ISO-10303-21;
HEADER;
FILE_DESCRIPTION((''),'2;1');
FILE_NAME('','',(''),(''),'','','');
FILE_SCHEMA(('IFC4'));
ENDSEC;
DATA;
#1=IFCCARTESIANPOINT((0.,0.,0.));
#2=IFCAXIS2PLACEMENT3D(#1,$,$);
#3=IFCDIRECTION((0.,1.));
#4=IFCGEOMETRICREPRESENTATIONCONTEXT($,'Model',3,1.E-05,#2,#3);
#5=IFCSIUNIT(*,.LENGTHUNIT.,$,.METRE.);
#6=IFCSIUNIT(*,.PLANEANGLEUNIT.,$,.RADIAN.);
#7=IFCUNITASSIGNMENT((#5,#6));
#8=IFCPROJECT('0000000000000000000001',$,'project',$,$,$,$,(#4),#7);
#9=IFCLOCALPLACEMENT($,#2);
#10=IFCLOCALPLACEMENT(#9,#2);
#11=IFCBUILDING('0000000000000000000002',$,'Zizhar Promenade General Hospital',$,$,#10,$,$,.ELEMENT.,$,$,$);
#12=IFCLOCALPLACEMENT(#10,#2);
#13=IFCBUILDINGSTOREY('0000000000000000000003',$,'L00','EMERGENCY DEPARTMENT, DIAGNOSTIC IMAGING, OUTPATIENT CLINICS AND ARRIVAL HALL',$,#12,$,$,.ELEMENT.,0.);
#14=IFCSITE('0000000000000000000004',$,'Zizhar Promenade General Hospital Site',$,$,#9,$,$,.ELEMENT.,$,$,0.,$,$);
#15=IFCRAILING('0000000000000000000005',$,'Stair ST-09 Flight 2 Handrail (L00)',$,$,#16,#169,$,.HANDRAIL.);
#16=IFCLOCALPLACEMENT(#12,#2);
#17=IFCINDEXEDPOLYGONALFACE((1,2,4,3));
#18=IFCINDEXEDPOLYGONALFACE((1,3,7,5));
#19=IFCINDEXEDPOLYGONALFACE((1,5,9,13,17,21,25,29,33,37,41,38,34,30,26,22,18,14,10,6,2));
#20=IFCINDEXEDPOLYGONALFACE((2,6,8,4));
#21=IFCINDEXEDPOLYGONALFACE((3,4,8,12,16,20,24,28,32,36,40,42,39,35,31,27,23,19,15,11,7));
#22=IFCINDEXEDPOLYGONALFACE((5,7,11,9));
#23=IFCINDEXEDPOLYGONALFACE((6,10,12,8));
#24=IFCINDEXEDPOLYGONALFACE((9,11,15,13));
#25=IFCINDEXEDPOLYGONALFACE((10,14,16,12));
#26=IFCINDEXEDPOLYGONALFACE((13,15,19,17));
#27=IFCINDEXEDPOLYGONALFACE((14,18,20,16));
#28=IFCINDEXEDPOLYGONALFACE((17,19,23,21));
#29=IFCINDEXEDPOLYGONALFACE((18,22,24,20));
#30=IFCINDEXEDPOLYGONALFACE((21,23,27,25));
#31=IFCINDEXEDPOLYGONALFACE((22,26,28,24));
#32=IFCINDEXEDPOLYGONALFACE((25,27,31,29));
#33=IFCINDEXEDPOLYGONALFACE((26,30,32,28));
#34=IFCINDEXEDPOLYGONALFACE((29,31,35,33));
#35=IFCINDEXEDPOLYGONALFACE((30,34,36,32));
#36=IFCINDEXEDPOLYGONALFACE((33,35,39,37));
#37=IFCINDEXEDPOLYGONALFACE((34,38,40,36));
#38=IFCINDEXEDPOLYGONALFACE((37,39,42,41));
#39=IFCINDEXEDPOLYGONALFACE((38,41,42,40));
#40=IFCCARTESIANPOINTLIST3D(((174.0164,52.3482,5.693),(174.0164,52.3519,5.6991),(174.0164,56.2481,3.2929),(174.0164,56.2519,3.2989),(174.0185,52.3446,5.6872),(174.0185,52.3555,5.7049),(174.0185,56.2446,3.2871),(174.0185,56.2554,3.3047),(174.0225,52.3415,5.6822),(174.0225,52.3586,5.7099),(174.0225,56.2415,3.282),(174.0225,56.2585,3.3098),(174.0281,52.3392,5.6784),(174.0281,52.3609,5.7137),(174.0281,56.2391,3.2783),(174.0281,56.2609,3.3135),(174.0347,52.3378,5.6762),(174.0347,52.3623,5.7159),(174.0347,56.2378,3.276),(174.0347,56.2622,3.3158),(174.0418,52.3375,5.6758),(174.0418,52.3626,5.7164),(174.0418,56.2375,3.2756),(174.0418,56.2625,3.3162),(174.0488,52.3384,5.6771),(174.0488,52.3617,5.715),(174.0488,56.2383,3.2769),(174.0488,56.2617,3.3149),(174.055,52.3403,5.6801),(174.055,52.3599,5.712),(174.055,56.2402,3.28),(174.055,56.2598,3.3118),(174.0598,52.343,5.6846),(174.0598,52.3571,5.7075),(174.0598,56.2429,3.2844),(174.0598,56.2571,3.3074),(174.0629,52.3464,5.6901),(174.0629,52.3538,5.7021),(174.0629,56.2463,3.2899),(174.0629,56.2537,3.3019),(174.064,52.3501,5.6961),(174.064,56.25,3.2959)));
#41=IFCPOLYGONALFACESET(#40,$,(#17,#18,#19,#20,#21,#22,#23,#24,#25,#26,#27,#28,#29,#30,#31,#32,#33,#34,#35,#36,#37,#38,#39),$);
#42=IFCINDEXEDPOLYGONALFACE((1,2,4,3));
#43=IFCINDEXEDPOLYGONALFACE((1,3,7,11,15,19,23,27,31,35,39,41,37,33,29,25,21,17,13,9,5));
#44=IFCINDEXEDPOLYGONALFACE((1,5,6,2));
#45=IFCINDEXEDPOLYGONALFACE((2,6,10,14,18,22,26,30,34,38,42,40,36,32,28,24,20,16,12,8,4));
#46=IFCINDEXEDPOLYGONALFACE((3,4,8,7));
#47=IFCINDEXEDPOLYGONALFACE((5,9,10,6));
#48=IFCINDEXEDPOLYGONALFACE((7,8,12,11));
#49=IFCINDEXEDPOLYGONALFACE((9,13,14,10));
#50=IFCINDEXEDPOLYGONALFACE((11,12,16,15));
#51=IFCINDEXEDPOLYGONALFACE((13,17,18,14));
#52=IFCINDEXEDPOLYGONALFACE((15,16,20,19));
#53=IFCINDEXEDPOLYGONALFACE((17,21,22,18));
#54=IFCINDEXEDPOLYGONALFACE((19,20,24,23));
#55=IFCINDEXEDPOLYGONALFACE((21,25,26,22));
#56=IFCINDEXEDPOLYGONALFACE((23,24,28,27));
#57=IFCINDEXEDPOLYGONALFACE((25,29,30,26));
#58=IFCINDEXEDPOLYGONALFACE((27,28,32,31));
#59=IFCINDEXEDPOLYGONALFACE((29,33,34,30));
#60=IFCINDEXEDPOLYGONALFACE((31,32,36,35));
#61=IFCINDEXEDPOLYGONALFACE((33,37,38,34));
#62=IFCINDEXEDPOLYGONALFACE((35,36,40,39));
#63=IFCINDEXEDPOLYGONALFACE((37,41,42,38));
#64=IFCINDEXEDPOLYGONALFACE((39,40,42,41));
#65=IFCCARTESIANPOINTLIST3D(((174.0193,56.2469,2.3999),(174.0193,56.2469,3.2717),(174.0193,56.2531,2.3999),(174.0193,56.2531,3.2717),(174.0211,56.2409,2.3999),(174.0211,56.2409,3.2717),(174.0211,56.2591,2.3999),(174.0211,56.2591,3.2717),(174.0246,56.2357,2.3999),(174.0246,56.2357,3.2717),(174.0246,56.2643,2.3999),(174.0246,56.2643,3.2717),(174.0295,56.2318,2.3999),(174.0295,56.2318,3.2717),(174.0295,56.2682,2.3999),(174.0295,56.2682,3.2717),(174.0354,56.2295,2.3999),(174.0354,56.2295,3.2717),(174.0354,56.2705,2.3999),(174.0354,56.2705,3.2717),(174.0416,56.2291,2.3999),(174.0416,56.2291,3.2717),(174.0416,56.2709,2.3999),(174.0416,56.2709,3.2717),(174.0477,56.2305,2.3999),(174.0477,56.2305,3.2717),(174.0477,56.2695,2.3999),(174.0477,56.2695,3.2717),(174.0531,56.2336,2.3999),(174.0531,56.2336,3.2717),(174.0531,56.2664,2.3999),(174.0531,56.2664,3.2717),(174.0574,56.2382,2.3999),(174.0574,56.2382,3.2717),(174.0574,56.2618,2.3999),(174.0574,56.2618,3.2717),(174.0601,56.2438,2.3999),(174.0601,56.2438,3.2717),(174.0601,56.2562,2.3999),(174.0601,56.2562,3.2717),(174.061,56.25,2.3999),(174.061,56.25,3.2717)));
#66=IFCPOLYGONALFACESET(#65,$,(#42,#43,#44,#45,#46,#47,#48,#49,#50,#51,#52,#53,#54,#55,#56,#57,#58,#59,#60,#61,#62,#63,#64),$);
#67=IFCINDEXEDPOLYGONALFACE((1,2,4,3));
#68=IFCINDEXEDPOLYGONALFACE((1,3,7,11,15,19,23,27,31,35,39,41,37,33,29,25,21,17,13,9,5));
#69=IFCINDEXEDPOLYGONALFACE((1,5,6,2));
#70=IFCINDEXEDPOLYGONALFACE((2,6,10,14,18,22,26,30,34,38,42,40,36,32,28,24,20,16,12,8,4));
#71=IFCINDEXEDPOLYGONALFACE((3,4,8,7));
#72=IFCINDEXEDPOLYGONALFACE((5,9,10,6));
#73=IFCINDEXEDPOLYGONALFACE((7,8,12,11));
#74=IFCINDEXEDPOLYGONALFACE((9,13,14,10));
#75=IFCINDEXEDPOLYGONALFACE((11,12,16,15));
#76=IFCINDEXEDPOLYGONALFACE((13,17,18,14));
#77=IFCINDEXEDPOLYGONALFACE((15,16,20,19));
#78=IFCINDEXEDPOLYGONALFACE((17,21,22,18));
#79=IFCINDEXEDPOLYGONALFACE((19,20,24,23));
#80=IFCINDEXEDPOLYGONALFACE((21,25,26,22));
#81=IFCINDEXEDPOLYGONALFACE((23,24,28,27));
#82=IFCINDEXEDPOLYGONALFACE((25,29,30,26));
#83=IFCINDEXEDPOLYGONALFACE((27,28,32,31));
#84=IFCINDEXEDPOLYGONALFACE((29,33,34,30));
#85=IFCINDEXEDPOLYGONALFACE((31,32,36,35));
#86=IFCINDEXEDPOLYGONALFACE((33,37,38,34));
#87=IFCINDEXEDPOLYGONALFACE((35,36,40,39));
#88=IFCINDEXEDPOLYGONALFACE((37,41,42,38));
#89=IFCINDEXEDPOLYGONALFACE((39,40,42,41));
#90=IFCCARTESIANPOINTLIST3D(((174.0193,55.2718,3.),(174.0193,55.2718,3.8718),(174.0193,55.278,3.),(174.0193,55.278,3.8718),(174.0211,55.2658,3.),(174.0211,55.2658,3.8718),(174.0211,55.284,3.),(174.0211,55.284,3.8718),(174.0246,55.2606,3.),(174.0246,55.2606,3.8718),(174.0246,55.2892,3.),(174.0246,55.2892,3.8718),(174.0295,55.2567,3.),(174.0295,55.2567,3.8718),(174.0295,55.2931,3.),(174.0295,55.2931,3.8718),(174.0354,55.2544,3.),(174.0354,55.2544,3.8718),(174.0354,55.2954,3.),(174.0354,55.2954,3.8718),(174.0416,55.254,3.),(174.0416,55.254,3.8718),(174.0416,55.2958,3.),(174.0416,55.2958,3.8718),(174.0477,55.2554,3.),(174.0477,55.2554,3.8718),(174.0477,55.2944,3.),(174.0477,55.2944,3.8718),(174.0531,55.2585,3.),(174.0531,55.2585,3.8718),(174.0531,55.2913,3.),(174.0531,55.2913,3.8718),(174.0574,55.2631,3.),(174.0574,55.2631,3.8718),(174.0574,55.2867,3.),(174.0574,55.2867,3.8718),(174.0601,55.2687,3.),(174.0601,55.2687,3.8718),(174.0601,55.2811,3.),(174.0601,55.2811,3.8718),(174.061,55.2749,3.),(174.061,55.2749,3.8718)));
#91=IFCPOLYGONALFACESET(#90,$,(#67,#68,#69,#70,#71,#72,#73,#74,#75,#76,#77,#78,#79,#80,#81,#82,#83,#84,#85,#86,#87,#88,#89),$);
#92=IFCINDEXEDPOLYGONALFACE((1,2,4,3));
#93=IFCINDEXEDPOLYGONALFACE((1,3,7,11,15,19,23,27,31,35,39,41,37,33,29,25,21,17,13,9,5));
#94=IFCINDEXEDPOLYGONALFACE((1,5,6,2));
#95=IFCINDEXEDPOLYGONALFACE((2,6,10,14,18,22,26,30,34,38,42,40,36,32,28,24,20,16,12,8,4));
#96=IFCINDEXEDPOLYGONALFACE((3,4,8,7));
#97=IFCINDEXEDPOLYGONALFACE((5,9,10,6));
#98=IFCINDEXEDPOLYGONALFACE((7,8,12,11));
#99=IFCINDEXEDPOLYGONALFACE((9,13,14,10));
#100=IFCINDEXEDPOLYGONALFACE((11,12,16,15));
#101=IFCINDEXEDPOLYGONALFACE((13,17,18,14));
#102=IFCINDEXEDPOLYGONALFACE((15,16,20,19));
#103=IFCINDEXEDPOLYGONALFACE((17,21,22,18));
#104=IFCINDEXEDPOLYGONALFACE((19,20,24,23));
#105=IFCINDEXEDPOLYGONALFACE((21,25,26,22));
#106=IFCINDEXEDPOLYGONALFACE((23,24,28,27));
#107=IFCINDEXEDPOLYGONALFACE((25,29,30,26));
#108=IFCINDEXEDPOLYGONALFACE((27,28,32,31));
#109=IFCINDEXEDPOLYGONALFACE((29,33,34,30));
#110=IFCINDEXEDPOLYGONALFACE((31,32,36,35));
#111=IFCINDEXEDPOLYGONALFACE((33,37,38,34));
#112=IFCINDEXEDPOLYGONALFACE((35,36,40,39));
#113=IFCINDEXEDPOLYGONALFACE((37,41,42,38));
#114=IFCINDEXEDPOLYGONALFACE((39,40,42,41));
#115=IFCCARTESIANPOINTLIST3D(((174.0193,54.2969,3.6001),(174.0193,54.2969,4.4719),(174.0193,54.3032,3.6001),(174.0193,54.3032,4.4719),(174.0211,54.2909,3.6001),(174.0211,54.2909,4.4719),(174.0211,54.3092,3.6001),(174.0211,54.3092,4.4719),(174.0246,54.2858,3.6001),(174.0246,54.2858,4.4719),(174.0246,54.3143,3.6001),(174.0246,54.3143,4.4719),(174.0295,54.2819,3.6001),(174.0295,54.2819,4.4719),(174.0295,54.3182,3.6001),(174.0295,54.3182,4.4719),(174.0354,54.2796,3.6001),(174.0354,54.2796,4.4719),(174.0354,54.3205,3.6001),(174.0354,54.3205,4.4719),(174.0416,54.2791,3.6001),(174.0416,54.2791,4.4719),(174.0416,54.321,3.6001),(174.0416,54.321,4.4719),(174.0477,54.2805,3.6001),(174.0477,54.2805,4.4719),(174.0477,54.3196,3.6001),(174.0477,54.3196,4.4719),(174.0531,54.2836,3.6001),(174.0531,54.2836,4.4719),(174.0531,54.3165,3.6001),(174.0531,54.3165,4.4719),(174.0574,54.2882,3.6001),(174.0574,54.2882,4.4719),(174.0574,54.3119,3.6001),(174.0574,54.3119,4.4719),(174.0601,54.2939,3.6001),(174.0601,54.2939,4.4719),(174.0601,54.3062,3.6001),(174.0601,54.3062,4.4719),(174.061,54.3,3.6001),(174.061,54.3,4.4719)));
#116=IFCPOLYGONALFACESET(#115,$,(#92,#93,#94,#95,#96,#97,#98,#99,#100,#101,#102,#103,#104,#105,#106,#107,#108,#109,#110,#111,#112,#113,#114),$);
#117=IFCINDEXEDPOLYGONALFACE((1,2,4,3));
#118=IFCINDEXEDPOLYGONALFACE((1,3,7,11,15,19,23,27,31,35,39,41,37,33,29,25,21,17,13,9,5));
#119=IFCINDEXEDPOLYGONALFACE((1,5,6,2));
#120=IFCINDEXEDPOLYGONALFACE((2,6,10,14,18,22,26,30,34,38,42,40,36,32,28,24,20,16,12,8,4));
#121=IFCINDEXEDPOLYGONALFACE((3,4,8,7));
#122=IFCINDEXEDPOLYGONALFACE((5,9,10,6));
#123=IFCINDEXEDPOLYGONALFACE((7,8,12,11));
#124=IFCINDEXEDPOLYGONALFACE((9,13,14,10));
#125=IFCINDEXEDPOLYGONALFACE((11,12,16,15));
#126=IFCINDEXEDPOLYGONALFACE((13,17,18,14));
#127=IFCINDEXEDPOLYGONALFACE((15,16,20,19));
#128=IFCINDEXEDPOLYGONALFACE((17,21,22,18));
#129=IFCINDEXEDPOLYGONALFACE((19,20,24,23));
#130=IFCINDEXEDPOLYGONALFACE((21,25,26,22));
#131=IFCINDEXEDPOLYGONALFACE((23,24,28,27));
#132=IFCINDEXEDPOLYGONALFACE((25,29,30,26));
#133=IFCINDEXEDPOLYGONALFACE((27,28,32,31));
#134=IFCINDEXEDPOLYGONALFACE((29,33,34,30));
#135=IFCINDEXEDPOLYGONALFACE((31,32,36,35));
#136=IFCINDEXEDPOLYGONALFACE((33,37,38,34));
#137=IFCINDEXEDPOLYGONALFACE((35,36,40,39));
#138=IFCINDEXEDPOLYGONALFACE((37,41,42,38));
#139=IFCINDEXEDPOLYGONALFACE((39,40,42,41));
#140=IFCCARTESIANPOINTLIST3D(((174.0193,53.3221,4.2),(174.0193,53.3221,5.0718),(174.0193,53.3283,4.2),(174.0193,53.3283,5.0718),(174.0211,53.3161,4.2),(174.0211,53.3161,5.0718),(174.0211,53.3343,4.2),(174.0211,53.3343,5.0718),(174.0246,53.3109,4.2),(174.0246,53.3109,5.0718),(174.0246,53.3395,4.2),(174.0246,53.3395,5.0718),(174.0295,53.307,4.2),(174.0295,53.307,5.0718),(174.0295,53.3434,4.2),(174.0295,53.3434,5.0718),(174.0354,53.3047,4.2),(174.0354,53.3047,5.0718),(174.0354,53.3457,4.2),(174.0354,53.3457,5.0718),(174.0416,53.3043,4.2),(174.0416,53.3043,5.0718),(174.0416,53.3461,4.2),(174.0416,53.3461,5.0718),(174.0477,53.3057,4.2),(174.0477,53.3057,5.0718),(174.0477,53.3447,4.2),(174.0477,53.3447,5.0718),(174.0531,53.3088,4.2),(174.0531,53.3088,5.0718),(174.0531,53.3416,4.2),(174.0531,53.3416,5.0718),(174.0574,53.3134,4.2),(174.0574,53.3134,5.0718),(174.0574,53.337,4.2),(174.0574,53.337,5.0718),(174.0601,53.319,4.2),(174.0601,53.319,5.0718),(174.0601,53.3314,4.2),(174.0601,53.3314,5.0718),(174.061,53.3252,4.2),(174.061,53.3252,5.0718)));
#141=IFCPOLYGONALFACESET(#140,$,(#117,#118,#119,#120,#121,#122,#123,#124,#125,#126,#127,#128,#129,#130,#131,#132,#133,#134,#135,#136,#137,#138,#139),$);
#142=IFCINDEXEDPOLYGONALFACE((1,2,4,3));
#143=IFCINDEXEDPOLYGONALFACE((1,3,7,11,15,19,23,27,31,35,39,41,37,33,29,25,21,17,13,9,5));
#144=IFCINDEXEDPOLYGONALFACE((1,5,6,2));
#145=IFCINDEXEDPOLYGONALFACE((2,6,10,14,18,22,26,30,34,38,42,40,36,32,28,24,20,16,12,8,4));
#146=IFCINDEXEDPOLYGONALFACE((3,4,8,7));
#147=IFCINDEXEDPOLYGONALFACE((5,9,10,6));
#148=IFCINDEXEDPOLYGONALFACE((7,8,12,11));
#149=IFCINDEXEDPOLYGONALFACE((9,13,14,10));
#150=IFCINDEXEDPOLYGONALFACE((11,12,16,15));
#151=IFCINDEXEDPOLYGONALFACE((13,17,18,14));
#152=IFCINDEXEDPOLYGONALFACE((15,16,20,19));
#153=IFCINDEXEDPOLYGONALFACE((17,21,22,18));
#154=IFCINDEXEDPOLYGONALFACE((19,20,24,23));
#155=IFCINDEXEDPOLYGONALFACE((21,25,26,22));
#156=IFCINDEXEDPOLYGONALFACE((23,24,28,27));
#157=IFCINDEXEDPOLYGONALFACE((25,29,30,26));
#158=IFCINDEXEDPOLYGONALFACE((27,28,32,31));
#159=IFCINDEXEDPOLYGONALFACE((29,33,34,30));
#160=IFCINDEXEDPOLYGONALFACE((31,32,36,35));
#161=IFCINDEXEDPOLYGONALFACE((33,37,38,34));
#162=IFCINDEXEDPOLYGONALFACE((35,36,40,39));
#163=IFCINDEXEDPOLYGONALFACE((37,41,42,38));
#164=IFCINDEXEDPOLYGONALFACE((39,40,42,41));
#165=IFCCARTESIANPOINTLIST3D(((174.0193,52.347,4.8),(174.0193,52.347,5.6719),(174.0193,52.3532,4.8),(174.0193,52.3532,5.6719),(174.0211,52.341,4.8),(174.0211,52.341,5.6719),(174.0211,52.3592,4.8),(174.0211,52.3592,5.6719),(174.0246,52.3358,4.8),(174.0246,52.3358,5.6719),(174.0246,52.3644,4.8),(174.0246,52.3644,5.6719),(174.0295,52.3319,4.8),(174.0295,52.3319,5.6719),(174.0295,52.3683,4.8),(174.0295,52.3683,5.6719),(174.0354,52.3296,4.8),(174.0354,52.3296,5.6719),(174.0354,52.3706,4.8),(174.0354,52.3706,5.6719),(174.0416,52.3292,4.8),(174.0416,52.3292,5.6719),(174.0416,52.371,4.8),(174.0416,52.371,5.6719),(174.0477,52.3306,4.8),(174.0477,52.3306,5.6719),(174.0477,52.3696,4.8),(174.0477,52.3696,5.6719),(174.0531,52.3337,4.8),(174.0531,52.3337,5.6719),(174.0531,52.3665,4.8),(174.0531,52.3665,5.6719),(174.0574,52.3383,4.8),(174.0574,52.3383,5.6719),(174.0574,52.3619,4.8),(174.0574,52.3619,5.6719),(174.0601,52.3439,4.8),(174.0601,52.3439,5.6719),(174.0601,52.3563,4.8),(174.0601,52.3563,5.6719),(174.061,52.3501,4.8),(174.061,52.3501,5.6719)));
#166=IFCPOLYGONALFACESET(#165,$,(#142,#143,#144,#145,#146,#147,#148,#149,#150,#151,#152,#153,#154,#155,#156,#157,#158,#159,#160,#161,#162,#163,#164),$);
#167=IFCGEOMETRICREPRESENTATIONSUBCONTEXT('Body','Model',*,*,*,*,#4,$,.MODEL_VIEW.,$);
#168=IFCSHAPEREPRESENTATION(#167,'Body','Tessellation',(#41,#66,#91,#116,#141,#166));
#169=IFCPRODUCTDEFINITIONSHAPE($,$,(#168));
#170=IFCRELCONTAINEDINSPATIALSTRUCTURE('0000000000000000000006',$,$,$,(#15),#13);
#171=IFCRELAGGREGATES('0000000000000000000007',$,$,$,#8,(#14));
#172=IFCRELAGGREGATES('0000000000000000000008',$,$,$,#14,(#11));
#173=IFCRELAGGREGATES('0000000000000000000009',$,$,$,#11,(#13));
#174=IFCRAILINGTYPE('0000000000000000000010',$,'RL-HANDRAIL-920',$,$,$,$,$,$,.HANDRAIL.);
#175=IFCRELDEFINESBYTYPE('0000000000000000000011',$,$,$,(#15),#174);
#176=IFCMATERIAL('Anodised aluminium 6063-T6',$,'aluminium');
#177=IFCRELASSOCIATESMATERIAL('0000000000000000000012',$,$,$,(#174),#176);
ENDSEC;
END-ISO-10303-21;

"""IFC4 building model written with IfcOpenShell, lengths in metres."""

from ifc_helpers import new_model, si_unit, direction, frame, origin, origin_2d, place, context, subcontext, project, spatial, circle, hollow_circle, extrude, material, material_profile, profile_set, type_object, element, save


model = new_model("IFC4")

# Units and contexts
model_context = context("Model", 3, precision=1e-05, world=origin(), true_north=direction((0.0, 1.0)))
body_context = subcontext(model_context, "Body", "Model", "MODEL_VIEW")
ifc_project = project(units=[si_unit("LENGTHUNIT", "METRE"), si_unit("PLANEANGLEUNIT", "RADIAN")], contexts=[model_context])

# Site, building, storey
site_placement = place(None, origin())
site = spatial("IfcSite", under=ifc_project, at=site_placement, Name="Zizhar Promenade General Hospital Site", CompositionType="ELEMENT", RefElevation=0.0)
building_placement = place(site_placement, origin())
building = spatial("IfcBuilding", under=site, at=building_placement, Name="Zizhar Promenade General Hospital", CompositionType="ELEMENT")
storey_placement = place(building_placement, origin())
storey = spatial("IfcBuildingStorey", under=building, at=storey_placement, Name="L00", Description="EMERGENCY DEPARTMENT, DIAGNOSTIC IMAGING, OUTPATIENT CLINICS AND ARRIVAL HALL", CompositionType="ELEMENT", Elevation=0.0)

# Railing
ifc_material_1 = material(Name="Anodised aluminium 6063-T6", Category="aluminium")
ifc_material_profile_1 = material_profile(ifc_material_1, hollow_circle(Radius=0.0698, WallThickness=0.0063, at=origin_2d()))
ifc_profile_set_1 = profile_set([ifc_material_profile_1], Name="Anodised aluminium 6063-T6")
railing_type_1 = type_object("IfcRailingType", Name="RL-HANDRAIL-920", PredefinedType="HANDRAIL", material=ifc_profile_set_1)
railing_1_placement = place(storey_placement, frame((174.04, 56.25, 2.3999)))
element("IfcRailing", 1, at=railing_1_placement, inside=storey, type_object=railing_type_1, Name="Stair ST-09 Flight 2 Handrail (L00)", PredefinedType="HANDRAIL", context=body_context, shape_type="SweptSolid", body=[
    extrude(circle(Radius=0.0239, at=origin_2d()), frame((0.0, 0.0, 0.896), z_axis=(0.0, -0.851638, 0.52413), x_axis=(1.0, 0.0, 0.0)), (0.0, 0.0, 1.0), 4.5793),
    extrude(circle(Radius=0.021, at=origin_2d()), origin(), (0.0, 0.0, 1.0), 0.8718),
    extrude(circle(Radius=0.021, at=origin_2d()), frame((0.0, -0.9751, 0.6001)), (0.0, 0.0, 1.0), 0.8718),
    extrude(circle(Radius=0.021, at=origin_2d()), frame((0.0, -1.95, 1.2002)), (0.0, 0.0, 1.0), 0.8718),
    extrude(circle(Radius=0.021, at=origin_2d()), frame((0.0, -2.9248, 1.8)), (0.0, 0.0, 1.0), 0.8718),
    extrude(circle(Radius=0.021, at=origin_2d()), frame((0.0, -3.8999, 2.4001)), (0.0, 0.0, 1.0), 0.8718),
])

save(model, "model.ifc")
